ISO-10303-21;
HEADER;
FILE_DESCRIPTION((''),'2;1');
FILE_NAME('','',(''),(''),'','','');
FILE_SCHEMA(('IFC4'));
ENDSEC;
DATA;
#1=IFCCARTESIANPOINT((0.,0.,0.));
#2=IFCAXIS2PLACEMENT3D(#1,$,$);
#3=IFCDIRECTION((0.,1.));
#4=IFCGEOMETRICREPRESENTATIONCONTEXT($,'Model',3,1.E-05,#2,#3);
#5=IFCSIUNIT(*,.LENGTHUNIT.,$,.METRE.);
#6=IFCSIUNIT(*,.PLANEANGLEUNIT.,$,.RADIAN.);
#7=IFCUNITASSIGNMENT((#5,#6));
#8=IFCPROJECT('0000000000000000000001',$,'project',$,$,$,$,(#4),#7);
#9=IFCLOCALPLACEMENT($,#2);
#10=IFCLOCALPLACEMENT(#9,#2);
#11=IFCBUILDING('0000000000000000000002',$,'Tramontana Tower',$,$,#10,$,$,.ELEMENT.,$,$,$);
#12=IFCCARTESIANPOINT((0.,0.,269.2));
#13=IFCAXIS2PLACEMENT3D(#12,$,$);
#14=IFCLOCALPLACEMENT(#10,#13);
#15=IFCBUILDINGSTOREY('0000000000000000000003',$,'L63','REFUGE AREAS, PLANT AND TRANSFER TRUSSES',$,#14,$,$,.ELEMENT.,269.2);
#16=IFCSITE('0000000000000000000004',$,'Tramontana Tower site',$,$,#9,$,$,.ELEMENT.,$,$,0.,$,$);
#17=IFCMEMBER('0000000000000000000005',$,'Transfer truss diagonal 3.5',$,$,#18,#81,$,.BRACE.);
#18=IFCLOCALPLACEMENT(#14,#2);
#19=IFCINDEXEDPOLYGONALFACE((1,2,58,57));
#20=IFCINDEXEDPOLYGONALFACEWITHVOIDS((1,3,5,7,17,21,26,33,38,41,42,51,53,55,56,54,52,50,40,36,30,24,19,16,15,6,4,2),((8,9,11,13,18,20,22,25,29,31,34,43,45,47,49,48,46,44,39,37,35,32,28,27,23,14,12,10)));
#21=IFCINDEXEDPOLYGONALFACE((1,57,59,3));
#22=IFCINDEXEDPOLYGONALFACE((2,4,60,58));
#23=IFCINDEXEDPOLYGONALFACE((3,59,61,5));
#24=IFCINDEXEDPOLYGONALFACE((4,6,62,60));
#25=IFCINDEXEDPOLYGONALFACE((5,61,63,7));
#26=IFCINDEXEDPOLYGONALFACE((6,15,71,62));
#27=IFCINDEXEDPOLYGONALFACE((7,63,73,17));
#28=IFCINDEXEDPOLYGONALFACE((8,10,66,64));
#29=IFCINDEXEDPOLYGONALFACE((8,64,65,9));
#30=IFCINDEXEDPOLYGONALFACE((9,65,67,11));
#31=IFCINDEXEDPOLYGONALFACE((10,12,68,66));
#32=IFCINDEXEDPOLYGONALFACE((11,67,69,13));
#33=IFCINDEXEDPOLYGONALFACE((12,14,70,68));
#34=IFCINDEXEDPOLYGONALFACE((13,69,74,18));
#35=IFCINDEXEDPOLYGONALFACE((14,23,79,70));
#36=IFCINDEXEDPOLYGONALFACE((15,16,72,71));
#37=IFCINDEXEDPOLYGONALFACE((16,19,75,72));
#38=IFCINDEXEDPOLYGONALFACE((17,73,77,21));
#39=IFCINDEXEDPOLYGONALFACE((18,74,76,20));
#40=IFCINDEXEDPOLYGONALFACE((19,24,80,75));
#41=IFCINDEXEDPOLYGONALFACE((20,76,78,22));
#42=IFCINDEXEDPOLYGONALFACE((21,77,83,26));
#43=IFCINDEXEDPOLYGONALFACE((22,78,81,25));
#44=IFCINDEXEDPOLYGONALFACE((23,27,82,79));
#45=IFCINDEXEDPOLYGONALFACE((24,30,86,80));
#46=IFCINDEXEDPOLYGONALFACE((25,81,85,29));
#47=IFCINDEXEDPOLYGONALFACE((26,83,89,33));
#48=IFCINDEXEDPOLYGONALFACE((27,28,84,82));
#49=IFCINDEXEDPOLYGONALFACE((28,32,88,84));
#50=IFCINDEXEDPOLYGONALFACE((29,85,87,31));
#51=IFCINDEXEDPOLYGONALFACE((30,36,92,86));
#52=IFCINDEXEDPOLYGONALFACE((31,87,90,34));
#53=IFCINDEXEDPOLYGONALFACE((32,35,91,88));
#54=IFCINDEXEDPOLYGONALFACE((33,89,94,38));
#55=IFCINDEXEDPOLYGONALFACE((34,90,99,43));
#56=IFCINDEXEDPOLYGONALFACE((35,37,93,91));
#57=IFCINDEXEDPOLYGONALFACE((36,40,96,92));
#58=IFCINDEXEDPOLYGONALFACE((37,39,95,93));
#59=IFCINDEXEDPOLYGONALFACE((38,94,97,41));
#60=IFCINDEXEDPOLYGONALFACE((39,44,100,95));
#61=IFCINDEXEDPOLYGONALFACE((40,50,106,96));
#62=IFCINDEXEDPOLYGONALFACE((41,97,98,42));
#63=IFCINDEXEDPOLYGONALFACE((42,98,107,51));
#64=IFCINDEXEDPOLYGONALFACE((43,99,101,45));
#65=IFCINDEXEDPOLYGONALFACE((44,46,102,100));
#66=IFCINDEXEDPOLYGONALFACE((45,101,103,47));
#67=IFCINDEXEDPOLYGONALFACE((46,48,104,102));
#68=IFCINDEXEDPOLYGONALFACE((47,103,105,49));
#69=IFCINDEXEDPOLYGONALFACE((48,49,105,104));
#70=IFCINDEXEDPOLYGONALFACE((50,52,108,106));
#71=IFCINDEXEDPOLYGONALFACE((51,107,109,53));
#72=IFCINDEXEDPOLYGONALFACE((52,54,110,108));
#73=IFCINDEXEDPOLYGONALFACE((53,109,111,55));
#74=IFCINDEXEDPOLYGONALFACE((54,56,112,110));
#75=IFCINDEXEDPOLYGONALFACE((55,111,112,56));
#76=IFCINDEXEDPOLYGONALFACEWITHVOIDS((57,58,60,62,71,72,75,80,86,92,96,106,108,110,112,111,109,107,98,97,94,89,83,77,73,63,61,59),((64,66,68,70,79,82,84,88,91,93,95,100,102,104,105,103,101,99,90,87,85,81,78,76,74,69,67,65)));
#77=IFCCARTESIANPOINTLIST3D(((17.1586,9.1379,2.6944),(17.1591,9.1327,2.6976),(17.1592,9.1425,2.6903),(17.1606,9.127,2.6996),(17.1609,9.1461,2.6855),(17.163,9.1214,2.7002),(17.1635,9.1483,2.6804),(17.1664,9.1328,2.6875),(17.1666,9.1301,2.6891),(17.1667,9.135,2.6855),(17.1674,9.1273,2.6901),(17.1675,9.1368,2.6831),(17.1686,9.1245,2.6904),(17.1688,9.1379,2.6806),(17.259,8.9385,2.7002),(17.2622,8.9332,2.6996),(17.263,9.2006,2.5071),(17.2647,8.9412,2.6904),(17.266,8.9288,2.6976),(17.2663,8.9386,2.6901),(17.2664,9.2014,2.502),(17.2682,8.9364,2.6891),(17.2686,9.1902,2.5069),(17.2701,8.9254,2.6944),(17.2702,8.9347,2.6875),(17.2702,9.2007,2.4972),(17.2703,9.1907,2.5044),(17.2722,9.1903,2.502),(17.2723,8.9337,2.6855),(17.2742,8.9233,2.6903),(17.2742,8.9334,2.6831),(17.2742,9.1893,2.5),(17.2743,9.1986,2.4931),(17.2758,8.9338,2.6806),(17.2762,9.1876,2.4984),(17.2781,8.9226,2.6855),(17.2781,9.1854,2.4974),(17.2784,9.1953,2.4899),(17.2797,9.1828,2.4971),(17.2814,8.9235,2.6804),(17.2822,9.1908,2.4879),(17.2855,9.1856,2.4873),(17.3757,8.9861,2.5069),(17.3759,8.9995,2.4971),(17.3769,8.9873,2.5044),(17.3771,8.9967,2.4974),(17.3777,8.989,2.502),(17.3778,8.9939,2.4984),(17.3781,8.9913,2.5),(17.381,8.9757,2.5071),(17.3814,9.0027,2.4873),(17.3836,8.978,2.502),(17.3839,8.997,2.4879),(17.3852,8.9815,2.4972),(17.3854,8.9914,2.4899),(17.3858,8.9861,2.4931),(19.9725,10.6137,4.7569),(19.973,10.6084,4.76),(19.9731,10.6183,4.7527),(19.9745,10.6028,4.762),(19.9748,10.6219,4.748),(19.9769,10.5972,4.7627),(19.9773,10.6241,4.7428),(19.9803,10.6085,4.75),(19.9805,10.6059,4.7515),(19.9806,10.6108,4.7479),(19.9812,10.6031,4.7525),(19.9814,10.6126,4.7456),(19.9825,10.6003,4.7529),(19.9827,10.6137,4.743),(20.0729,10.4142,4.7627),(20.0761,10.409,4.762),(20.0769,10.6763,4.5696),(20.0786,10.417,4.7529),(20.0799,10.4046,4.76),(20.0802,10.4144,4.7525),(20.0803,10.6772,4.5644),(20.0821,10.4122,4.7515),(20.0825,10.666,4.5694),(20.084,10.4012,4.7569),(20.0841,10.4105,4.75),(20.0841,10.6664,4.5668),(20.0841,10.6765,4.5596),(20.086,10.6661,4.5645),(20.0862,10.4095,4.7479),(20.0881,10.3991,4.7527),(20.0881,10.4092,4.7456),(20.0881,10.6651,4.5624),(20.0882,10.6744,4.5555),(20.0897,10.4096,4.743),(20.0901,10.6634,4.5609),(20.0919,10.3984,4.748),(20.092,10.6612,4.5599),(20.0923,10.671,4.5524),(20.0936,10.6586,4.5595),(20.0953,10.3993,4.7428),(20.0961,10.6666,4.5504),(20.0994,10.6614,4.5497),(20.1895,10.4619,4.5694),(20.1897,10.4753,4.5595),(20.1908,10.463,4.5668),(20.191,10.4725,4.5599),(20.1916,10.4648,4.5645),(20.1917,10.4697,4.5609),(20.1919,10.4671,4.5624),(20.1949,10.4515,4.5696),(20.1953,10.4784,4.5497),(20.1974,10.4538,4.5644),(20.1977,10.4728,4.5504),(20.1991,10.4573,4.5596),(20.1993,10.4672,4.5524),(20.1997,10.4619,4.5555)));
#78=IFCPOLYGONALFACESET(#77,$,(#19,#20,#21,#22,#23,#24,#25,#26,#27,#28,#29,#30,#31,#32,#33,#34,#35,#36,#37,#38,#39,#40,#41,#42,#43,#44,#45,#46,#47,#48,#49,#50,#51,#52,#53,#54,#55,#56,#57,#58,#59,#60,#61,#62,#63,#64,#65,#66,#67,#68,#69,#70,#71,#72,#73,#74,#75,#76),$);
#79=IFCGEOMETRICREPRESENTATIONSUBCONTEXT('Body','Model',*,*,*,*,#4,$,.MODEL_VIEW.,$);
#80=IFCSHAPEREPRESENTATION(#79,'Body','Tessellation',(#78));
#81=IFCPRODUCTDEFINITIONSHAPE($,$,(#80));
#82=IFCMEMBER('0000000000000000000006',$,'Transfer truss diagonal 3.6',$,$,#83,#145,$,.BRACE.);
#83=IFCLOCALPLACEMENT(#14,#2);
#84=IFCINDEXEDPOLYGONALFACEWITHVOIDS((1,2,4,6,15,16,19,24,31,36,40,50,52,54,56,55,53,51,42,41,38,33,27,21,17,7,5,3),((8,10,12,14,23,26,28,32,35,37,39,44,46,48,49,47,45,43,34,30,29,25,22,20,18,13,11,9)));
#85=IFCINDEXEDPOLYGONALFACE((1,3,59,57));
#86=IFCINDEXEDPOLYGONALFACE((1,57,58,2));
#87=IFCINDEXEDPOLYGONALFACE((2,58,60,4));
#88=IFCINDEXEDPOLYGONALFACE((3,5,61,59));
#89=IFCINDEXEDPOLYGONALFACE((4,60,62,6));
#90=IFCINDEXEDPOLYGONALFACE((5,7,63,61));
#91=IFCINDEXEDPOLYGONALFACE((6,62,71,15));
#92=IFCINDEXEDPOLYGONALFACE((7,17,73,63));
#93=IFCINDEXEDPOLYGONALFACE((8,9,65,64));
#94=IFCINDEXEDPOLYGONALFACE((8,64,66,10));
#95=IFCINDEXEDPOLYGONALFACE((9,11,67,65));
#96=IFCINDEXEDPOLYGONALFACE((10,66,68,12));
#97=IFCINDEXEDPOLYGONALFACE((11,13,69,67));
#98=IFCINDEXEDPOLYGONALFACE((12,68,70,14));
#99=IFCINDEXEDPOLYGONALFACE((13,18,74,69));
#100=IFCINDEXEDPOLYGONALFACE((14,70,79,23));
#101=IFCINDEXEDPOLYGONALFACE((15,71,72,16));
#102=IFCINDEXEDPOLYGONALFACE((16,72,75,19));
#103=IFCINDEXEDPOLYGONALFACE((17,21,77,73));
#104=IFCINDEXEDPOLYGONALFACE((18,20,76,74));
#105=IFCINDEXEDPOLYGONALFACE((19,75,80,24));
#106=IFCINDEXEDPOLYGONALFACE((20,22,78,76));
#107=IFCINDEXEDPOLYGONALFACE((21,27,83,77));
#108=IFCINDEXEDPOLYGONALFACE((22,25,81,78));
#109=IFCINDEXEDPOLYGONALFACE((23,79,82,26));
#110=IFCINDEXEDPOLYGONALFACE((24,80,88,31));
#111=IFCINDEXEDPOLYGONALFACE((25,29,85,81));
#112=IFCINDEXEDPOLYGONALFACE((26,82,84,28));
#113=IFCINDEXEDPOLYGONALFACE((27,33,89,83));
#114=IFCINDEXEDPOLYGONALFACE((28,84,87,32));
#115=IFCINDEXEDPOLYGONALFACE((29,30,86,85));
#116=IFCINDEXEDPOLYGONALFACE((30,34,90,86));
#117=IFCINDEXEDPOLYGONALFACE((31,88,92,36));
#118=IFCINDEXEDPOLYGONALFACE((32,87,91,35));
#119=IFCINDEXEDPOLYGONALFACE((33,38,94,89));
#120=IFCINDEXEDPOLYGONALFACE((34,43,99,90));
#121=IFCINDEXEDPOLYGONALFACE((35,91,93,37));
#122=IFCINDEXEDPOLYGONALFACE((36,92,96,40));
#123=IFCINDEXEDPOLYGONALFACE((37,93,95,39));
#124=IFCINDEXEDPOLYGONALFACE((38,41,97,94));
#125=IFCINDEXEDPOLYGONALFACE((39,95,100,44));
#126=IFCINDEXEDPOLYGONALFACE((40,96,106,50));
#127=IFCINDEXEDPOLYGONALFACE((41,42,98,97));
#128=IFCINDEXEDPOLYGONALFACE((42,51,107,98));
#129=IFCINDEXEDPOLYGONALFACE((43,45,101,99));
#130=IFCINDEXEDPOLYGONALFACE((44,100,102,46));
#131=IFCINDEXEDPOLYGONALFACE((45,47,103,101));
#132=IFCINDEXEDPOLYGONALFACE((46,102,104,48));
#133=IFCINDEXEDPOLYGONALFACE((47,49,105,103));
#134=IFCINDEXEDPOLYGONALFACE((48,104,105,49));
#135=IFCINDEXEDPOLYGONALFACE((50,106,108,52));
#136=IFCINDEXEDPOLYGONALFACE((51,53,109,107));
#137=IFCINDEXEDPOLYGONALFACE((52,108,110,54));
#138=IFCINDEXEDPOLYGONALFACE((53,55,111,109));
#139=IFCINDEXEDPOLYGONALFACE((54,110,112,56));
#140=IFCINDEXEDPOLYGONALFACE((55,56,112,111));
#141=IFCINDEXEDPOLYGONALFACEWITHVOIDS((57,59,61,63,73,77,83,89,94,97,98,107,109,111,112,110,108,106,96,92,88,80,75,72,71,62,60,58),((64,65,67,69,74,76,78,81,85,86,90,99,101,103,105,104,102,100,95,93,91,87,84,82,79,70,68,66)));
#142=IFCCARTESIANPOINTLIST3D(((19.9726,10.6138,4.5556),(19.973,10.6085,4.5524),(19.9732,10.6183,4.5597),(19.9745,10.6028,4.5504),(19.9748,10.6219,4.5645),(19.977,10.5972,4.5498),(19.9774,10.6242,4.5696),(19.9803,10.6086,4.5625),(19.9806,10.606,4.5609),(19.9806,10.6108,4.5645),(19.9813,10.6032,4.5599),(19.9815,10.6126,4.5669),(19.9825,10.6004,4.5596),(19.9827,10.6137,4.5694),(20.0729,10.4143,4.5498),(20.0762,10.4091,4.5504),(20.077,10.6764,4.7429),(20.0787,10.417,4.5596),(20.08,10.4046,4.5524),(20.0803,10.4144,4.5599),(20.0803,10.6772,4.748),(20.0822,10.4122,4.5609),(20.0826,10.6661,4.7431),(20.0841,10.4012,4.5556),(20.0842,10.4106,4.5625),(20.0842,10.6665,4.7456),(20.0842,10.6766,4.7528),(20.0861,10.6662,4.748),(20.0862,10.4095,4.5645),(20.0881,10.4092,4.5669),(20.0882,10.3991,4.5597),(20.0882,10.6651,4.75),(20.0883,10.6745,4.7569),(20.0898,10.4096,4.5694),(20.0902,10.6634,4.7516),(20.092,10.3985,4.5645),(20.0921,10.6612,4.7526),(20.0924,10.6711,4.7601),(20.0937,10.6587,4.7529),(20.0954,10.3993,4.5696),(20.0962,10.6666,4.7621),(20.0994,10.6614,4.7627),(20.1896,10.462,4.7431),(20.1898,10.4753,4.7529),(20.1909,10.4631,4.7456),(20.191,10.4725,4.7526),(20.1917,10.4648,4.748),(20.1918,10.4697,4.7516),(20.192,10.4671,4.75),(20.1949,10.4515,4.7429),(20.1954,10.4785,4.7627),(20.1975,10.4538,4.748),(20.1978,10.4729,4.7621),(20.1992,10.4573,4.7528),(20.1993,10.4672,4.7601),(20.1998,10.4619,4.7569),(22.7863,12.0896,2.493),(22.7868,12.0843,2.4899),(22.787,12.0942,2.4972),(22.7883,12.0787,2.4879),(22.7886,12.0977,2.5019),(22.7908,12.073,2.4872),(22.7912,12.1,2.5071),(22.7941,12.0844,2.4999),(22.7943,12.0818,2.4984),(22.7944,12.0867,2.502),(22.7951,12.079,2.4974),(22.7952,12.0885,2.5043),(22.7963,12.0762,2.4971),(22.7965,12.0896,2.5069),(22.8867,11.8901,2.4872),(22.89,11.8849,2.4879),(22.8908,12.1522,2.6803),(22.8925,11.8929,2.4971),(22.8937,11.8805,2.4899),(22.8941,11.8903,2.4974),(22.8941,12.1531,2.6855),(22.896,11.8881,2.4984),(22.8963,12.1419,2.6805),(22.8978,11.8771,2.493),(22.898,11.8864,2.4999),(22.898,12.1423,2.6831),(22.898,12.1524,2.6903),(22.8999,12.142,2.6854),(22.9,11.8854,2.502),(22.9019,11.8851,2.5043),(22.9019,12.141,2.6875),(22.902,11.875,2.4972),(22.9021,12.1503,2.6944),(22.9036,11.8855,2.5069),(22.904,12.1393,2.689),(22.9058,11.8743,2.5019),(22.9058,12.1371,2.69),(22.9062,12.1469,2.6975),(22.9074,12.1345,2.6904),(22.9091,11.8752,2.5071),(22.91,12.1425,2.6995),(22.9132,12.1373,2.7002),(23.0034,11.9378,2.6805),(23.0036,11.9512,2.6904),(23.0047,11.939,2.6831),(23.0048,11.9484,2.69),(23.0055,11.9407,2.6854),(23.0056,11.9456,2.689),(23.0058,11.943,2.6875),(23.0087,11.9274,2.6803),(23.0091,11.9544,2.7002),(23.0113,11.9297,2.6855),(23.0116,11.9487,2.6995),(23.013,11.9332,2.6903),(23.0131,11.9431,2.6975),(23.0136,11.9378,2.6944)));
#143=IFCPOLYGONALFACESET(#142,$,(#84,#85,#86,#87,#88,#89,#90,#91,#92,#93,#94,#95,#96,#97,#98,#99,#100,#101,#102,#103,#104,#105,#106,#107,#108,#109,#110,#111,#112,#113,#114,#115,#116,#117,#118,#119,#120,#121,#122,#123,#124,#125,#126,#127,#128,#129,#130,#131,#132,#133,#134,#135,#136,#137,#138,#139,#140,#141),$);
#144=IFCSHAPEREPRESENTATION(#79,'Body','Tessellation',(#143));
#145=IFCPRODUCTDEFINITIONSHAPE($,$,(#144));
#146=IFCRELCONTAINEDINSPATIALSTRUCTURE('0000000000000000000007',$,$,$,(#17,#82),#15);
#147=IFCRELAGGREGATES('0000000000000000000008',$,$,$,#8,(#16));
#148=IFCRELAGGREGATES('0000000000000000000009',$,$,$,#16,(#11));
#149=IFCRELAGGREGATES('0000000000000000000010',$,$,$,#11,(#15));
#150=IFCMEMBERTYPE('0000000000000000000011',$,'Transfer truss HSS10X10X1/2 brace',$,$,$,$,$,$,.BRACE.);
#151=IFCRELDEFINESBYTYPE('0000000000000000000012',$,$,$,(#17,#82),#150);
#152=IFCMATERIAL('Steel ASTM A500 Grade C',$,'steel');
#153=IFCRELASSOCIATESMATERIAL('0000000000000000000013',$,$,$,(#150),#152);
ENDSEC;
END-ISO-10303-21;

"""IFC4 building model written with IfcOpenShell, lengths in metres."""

from ifc_helpers import new_model, si_unit, direction, frame, origin, origin_2d, place, context, subcontext, project, spatial, hollow_rectangle, extrude, material, material_profile, profile_set, type_object, element, save


model = new_model("IFC4")

# Units and contexts
model_context = context("Model", 3, precision=1e-05, world=origin(), true_north=direction((0.0, 1.0)))
body_context = subcontext(model_context, "Body", "Model", "MODEL_VIEW")
ifc_project = project(units=[si_unit("LENGTHUNIT", "METRE"), si_unit("PLANEANGLEUNIT", "RADIAN")], contexts=[model_context])

# Site, building, storey
site_placement = place(None, origin())
site = spatial("IfcSite", under=ifc_project, at=site_placement, Name="Tramontana Tower site", CompositionType="ELEMENT", RefElevation=0.0)
building_placement = place(site_placement, origin())
building = spatial("IfcBuilding", under=site, at=building_placement, Name="Tramontana Tower", CompositionType="ELEMENT")
storey_placement = place(building_placement, frame((0.0, 0.0, 269.2)))
storey = spatial("IfcBuildingStorey", under=building, at=storey_placement, Name="L63", Description="REFUGE AREAS, PLANT AND TRANSFER TRUSSES", CompositionType="ELEMENT", Elevation=269.2)

# Members
ifc_material_1 = material(Name="Steel ASTM A500 Grade C", Category="steel")
ifc_material_profile_1 = material_profile(ifc_material_1, hollow_rectangle(XDim=0.2539, YDim=0.2539, WallThickness=0.0117, InnerFilletRadius=0.0117, OuterFilletRadius=0.0237, at=origin_2d()), Name="HSS10X10X1/2")
ifc_profile_set_1 = profile_set([ifc_material_profile_1], Name="Steel ASTM A500 Grade C")
member_type_1 = type_object("IfcMemberType", Name="Transfer truss HSS10X10X1/2 brace", PredefinedType="BRACE", material=ifc_profile_set_1)
for number, where, z_axis, x_axis, name in (
    (1, (17.2722, 9.062, 2.5938), (0.742826, 0.389587, 0.544455), (-0.464463, 0.885592, 0.0), "Transfer truss diagonal 3.5"),
    (2, (20.0862, 10.5378, 4.6562), (0.742797, 0.389606, -0.544481), (-0.464495, 0.885576, 0.0), "Transfer truss diagonal 3.6"),
):
    element("IfcMember", number, at=place(storey_placement, frame(where, z_axis=z_axis, x_axis=x_axis)), inside=storey, type_object=member_type_1, Name=name, PredefinedType="BRACE", context=body_context, shape_type="SweptSolid", body=[
        extrude(hollow_rectangle(XDim=0.2539, YDim=0.2539, WallThickness=0.0117, InnerFilletRadius=0.0117, OuterFilletRadius=0.0237, at=origin_2d()), origin(), (0.0, 0.0, 1.0), 3.7881),
    ])

save(model, "model.ifc")
